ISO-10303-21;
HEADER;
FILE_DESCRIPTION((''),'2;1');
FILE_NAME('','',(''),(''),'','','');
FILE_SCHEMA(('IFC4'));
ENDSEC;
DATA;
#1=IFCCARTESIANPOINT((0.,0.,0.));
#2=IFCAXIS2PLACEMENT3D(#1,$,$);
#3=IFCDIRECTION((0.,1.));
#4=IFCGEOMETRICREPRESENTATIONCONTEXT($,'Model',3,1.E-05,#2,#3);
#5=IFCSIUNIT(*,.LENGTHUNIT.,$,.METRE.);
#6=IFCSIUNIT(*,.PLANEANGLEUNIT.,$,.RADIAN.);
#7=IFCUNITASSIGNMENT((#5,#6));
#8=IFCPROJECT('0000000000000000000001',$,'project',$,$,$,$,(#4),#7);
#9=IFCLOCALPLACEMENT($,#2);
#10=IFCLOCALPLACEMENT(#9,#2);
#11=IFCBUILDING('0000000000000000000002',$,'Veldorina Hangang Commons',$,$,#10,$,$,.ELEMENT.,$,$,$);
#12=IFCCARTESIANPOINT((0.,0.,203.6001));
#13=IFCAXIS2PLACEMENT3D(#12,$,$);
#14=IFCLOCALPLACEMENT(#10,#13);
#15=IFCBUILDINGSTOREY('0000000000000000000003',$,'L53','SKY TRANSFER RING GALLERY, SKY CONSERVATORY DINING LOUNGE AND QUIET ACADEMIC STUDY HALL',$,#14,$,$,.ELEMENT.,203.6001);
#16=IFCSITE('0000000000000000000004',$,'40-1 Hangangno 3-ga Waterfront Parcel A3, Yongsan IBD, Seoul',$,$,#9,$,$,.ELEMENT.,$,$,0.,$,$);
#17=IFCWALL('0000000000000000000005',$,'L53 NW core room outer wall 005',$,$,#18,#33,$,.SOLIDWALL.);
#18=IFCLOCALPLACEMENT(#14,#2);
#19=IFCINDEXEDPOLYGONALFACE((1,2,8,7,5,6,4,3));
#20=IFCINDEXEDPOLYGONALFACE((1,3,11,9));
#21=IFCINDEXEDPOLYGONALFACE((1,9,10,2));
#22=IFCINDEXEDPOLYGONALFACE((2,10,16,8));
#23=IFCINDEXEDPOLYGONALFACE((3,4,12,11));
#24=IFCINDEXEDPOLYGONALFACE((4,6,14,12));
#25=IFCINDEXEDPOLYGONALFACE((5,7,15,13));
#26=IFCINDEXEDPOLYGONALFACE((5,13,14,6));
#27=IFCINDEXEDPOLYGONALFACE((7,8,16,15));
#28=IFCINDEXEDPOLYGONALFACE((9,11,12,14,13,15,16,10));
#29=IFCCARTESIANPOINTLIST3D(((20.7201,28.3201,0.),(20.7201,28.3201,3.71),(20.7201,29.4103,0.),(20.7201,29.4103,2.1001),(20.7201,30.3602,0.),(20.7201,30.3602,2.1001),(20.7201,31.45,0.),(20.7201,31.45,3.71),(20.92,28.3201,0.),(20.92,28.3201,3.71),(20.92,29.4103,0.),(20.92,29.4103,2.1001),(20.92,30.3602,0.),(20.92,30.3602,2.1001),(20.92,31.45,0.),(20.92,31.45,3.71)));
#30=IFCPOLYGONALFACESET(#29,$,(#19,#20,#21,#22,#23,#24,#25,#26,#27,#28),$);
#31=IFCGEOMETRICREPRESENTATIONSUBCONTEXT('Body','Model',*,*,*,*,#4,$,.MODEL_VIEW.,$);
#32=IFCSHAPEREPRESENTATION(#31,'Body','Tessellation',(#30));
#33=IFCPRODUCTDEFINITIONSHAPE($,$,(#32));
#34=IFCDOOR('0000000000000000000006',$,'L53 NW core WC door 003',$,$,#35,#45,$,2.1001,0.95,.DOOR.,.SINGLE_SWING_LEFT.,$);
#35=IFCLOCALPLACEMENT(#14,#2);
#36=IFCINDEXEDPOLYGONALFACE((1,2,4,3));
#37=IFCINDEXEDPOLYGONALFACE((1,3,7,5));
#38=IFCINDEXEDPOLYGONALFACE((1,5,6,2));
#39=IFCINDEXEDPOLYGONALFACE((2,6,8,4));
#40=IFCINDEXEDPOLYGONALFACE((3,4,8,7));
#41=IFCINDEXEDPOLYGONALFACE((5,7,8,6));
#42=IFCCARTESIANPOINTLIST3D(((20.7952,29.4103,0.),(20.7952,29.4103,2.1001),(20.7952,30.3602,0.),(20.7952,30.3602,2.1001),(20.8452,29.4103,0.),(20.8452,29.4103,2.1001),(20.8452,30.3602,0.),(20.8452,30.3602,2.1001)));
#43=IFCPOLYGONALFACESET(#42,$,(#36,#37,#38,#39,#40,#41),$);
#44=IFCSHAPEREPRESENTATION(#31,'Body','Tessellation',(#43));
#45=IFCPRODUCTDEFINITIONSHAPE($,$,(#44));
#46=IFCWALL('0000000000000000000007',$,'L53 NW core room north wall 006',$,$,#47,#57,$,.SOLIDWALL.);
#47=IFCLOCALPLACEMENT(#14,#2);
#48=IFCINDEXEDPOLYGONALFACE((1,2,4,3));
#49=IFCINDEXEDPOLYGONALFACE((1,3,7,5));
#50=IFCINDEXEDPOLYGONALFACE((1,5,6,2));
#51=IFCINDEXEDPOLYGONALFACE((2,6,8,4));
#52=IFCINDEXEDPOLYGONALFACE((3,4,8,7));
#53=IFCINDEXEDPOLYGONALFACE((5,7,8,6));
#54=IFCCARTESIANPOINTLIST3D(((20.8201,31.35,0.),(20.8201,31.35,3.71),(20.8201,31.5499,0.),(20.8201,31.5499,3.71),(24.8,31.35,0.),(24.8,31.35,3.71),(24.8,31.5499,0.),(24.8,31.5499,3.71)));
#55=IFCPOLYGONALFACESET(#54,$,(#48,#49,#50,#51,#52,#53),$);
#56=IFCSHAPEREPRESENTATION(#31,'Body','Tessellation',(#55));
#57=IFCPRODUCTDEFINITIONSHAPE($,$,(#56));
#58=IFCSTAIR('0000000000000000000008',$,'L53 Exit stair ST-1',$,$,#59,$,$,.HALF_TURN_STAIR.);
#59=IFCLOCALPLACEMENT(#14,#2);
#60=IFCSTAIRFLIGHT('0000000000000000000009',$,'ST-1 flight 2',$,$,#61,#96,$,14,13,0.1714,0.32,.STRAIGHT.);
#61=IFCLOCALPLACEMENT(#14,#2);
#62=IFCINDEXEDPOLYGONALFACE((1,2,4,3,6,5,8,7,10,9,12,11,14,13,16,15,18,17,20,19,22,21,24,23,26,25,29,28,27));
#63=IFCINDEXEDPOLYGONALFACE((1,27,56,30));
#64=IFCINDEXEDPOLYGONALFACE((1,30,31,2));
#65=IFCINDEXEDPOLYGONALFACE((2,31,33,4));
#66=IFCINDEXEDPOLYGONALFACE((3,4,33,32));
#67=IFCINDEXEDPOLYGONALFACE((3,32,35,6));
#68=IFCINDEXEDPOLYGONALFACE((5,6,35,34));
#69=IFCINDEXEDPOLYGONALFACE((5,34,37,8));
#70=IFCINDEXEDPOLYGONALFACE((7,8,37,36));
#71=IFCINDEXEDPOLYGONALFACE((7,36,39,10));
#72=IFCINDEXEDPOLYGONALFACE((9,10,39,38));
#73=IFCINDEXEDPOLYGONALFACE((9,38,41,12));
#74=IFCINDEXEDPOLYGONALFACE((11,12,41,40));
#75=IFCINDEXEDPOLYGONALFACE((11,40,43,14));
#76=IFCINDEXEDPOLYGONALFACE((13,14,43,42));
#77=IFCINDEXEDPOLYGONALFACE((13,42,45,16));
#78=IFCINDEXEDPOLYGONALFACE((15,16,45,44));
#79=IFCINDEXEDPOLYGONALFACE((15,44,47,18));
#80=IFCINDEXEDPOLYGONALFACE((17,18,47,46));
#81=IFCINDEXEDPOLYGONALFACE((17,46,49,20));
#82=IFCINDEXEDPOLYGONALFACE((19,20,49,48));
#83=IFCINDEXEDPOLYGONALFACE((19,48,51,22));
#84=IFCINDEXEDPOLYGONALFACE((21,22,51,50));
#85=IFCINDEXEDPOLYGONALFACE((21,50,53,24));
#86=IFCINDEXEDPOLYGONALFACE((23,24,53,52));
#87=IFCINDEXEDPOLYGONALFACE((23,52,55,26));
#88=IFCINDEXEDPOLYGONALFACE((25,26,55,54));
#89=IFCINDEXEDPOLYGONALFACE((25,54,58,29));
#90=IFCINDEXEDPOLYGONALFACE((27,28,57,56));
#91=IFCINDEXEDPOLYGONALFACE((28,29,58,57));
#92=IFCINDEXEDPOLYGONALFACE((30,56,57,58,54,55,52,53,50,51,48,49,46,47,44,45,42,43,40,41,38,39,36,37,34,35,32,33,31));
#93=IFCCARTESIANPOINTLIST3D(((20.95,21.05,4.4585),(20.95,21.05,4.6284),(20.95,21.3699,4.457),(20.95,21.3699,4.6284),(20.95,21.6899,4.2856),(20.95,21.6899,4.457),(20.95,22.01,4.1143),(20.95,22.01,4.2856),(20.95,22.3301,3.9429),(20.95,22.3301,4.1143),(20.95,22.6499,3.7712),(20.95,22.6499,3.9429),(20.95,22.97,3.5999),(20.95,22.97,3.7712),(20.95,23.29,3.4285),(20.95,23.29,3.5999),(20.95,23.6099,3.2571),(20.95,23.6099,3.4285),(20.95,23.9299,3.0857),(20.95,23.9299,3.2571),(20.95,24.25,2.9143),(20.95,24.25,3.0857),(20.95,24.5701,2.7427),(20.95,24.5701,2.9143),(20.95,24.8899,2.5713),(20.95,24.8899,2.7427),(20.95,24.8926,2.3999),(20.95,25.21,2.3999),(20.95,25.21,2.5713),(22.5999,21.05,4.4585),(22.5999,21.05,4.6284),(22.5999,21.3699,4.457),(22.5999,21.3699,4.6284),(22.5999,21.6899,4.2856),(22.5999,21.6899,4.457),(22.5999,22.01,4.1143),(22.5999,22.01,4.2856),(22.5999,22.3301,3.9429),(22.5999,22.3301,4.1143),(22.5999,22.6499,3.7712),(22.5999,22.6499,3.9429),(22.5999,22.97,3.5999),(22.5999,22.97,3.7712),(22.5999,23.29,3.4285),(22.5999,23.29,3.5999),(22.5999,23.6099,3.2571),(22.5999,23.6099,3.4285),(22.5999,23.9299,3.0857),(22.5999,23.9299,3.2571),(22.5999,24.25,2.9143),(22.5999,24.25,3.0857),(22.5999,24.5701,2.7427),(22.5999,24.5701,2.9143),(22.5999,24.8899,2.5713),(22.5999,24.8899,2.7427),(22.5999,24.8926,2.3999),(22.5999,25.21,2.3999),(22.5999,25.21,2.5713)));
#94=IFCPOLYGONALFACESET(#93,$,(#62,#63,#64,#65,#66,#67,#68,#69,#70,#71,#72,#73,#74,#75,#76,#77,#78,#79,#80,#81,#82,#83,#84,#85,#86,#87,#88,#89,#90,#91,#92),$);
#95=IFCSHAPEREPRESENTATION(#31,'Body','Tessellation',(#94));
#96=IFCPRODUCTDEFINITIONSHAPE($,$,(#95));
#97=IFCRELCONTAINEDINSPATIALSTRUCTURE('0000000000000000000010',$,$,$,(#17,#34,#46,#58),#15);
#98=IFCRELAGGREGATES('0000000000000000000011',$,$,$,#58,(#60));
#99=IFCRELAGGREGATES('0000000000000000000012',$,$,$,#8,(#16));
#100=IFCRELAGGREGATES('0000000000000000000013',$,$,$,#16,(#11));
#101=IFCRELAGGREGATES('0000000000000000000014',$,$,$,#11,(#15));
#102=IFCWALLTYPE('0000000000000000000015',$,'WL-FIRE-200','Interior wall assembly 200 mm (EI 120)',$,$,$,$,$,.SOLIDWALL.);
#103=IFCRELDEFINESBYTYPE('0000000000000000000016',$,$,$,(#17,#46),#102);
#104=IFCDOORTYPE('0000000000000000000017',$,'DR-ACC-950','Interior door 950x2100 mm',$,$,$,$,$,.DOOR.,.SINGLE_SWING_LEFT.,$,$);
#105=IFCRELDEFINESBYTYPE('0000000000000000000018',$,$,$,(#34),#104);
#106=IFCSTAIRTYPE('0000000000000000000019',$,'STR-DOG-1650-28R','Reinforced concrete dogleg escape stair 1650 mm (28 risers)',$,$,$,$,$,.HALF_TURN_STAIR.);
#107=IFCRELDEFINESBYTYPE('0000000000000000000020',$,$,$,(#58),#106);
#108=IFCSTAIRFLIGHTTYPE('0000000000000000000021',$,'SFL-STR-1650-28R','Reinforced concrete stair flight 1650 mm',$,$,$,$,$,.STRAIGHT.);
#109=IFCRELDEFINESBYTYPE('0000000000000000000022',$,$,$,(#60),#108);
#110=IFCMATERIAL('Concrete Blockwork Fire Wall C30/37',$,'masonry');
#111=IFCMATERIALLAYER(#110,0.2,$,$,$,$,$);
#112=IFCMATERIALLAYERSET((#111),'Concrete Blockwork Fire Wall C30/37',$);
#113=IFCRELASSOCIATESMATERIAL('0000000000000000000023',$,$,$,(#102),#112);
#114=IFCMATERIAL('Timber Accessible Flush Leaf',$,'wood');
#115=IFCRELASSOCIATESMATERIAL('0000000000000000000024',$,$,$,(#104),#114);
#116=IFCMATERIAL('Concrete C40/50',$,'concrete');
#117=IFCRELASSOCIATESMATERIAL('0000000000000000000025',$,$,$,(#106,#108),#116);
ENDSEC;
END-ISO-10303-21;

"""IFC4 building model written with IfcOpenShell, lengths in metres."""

from ifc_helpers import new_model, si_unit, direction, frame, frame_2d, origin, place, context, subcontext, project, spatial, polyline, rectangle, outline, extrude, material, layer, layer_set, type_object, element, fill, aggregate, save


model = new_model("IFC4")

# Units and contexts
model_context = context("Model", 3, precision=1e-05, world=origin(), true_north=direction((0.0, 1.0)))
body_context = subcontext(model_context, "Body", "Model", "MODEL_VIEW")
ifc_project = project(units=[si_unit("LENGTHUNIT", "METRE"), si_unit("PLANEANGLEUNIT", "RADIAN")], contexts=[model_context])

# Site, building, storey
site_placement = place(None, origin())
site = spatial("IfcSite", under=ifc_project, at=site_placement, Name="40-1 Hangangno 3-ga Waterfront Parcel A3, Yongsan IBD, Seoul", CompositionType="ELEMENT", RefElevation=0.0)
building_placement = place(site_placement, origin())
building = spatial("IfcBuilding", under=site, at=building_placement, Name="Veldorina Hangang Commons", CompositionType="ELEMENT")
storey_placement = place(building_placement, frame((0.0, 0.0, 203.6001)))
storey = spatial("IfcBuildingStorey", under=building, at=storey_placement, Name="L53", Description="SKY TRANSFER RING GALLERY, SKY CONSERVATORY DINING LOUNGE AND QUIET ACADEMIC STUDY HALL", CompositionType="ELEMENT", Elevation=203.6001)

# Wall, opening, door
ifc_material_1 = material(Name="Concrete Blockwork Fire Wall C30/37", Category="masonry")
ifc_layer_1 = layer(ifc_material_1, 0.2)
ifc_layer_set_1 = layer_set([ifc_layer_1], Name="Concrete Blockwork Fire Wall C30/37")
wall_type_1 = type_object("IfcWallType", Name="WL-FIRE-200", Description="Interior wall assembly 200 mm (EI 120)", PredefinedType="SOLIDWALL", material=ifc_layer_set_1)
wall_1_placement = place(storey_placement, frame((20.8201, 28.3201, 0.0), z_axis=(0.0, 0.0, 1.0), x_axis=(0.0, 1.0, 0.0)))
wall_1 = element("IfcWall", 1, at=wall_1_placement, inside=storey, type_object=wall_type_1, Name="L53 NW core room outer wall 005", PredefinedType="SOLIDWALL", context=body_context, shape_type="SweptSolid", body=[
    extrude(rectangle(XDim=3.1299, YDim=0.2, at=frame_2d((1.5649, 0.0))), origin(), (0.0, 0.0, 1.0), 3.71),
])
opening_placement = place(wall_1_placement, frame((1.0901, 0.0, 0.0)))
opening = element("IfcOpeningElement", 2, at=opening_placement, cuts=wall_1, PredefinedType="OPENING", context=body_context, shape_type="SweptSolid", body=[
    extrude(rectangle(XDim=0.95, YDim=2.1001, at=frame_2d((0.4751, 1.05))), frame((0.0, 0.1099, 0.0), z_axis=(0.0, -1.0, 0.0), x_axis=(1.0, 0.0, 0.0)), (0.0, 0.0, 1.0), 0.22),
])
ifc_material_2 = material(Name="Timber Accessible Flush Leaf", Category="wood")
door_type = type_object("IfcDoorType", Name="DR-ACC-950", Description="Interior door 950x2100 mm", OperationType="SINGLE_SWING_LEFT", PredefinedType="DOOR", material=ifc_material_2)
door_placement = place(opening_placement, origin())
door = element("IfcDoor", 3, at=door_placement, inside=storey, type_object=door_type, Name="L53 NW core WC door 003", OperationType="SINGLE_SWING_LEFT", OverallHeight=2.1001, OverallWidth=0.95, PredefinedType="DOOR", context=body_context, shape_type="SweptSolid", body=[
    extrude(rectangle(XDim=0.95, YDim=2.1001, at=frame_2d((0.4751, 1.05))), frame((0.0, 0.0249, 0.0), z_axis=(0.0, -1.0, 0.0), x_axis=(1.0, 0.0, 0.0)), (0.0, 0.0, 1.0), 0.05),
])
fill(opening, door)

# Wall
wall_2_placement = place(storey_placement, frame((20.8201, 31.45, 0.0), z_axis=(0.0, 0.0, 1.0), x_axis=(1.0, 0.0, 0.0)))
element("IfcWall", 4, at=wall_2_placement, inside=storey, type_object=wall_type_1, Name="L53 NW core room north wall 006", PredefinedType="SOLIDWALL", context=body_context, shape_type="SweptSolid", body=[
    extrude(rectangle(XDim=3.98, YDim=0.2, at=frame_2d((1.99, 0.0))), origin(), (0.0, 0.0, 1.0), 3.71),
])

# Stair, stair flight
ifc_material_3 = material(Name="Concrete C40/50", Category="concrete")
stair_type = type_object("IfcStairType", Name="STR-DOG-1650-28R", Description="Reinforced concrete dogleg escape stair 1650 mm (28 risers)", PredefinedType="HALF_TURN_STAIR", material=ifc_material_3)
stair_placement = place(storey_placement, origin())
stair = element("IfcStair", 5, at=stair_placement, inside=storey, type_object=stair_type, Name="L53 Exit stair ST-1", PredefinedType="HALF_TURN_STAIR")
stair_flight_type = type_object("IfcStairFlightType", Name="SFL-STR-1650-28R", Description="Reinforced concrete stair flight 1650 mm", PredefinedType="STRAIGHT", material=ifc_material_3)
stair_flight_placement = place(storey_placement, frame((21.7749, 25.21, 2.3999), z_axis=(0.0, 0.0, 1.0), x_axis=(0.0, -1.0, 0.0)))
stair_flight = element("IfcStairFlight", 6, at=stair_flight_placement, type_object=stair_flight_type, Name="ST-1 flight 2", NumberOfRisers=14, NumberOfTreads=13, PredefinedType="STRAIGHT", RiserHeight=0.1714, TreadLength=0.32, context=body_context, shape_type="SweptSolid", body=[
    extrude(outline(polyline([(0.0, 0.0), (0.0, 0.1714), (0.3201, 0.1714), (0.3201, 0.3428), (0.6399, 0.3428), (0.6399, 0.5144), (0.96, 0.5144), (0.96, 0.6858), (1.28, 0.6858), (1.28, 0.8572), (1.6001, 0.8572), (1.6001, 1.0286), (1.9199, 1.0286), (1.9199, 1.2), (2.24, 1.2), (2.24, 1.3713), (2.5601, 1.3713), (2.5601, 1.543), (2.8799, 1.543), (2.8799, 1.7144), (3.2, 1.7144), (3.2, 1.8857), (3.52, 1.8857), (3.52, 2.0571), (3.8401, 2.0571), (3.8401, 2.2285), (4.1599, 2.2285), (4.1599, 2.3999), (4.1599, 2.0586), (0.3174, 0.0), (0.0, 0.0)])), frame((0.0, 0.825, 0.0), z_axis=(0.0, -1.0, 0.0), x_axis=(1.0, 0.0, 0.0)), (0.0, 0.0, 1.0), 1.6499),
])
aggregate(stair, [stair_flight])

save(model, "model.ifc")
